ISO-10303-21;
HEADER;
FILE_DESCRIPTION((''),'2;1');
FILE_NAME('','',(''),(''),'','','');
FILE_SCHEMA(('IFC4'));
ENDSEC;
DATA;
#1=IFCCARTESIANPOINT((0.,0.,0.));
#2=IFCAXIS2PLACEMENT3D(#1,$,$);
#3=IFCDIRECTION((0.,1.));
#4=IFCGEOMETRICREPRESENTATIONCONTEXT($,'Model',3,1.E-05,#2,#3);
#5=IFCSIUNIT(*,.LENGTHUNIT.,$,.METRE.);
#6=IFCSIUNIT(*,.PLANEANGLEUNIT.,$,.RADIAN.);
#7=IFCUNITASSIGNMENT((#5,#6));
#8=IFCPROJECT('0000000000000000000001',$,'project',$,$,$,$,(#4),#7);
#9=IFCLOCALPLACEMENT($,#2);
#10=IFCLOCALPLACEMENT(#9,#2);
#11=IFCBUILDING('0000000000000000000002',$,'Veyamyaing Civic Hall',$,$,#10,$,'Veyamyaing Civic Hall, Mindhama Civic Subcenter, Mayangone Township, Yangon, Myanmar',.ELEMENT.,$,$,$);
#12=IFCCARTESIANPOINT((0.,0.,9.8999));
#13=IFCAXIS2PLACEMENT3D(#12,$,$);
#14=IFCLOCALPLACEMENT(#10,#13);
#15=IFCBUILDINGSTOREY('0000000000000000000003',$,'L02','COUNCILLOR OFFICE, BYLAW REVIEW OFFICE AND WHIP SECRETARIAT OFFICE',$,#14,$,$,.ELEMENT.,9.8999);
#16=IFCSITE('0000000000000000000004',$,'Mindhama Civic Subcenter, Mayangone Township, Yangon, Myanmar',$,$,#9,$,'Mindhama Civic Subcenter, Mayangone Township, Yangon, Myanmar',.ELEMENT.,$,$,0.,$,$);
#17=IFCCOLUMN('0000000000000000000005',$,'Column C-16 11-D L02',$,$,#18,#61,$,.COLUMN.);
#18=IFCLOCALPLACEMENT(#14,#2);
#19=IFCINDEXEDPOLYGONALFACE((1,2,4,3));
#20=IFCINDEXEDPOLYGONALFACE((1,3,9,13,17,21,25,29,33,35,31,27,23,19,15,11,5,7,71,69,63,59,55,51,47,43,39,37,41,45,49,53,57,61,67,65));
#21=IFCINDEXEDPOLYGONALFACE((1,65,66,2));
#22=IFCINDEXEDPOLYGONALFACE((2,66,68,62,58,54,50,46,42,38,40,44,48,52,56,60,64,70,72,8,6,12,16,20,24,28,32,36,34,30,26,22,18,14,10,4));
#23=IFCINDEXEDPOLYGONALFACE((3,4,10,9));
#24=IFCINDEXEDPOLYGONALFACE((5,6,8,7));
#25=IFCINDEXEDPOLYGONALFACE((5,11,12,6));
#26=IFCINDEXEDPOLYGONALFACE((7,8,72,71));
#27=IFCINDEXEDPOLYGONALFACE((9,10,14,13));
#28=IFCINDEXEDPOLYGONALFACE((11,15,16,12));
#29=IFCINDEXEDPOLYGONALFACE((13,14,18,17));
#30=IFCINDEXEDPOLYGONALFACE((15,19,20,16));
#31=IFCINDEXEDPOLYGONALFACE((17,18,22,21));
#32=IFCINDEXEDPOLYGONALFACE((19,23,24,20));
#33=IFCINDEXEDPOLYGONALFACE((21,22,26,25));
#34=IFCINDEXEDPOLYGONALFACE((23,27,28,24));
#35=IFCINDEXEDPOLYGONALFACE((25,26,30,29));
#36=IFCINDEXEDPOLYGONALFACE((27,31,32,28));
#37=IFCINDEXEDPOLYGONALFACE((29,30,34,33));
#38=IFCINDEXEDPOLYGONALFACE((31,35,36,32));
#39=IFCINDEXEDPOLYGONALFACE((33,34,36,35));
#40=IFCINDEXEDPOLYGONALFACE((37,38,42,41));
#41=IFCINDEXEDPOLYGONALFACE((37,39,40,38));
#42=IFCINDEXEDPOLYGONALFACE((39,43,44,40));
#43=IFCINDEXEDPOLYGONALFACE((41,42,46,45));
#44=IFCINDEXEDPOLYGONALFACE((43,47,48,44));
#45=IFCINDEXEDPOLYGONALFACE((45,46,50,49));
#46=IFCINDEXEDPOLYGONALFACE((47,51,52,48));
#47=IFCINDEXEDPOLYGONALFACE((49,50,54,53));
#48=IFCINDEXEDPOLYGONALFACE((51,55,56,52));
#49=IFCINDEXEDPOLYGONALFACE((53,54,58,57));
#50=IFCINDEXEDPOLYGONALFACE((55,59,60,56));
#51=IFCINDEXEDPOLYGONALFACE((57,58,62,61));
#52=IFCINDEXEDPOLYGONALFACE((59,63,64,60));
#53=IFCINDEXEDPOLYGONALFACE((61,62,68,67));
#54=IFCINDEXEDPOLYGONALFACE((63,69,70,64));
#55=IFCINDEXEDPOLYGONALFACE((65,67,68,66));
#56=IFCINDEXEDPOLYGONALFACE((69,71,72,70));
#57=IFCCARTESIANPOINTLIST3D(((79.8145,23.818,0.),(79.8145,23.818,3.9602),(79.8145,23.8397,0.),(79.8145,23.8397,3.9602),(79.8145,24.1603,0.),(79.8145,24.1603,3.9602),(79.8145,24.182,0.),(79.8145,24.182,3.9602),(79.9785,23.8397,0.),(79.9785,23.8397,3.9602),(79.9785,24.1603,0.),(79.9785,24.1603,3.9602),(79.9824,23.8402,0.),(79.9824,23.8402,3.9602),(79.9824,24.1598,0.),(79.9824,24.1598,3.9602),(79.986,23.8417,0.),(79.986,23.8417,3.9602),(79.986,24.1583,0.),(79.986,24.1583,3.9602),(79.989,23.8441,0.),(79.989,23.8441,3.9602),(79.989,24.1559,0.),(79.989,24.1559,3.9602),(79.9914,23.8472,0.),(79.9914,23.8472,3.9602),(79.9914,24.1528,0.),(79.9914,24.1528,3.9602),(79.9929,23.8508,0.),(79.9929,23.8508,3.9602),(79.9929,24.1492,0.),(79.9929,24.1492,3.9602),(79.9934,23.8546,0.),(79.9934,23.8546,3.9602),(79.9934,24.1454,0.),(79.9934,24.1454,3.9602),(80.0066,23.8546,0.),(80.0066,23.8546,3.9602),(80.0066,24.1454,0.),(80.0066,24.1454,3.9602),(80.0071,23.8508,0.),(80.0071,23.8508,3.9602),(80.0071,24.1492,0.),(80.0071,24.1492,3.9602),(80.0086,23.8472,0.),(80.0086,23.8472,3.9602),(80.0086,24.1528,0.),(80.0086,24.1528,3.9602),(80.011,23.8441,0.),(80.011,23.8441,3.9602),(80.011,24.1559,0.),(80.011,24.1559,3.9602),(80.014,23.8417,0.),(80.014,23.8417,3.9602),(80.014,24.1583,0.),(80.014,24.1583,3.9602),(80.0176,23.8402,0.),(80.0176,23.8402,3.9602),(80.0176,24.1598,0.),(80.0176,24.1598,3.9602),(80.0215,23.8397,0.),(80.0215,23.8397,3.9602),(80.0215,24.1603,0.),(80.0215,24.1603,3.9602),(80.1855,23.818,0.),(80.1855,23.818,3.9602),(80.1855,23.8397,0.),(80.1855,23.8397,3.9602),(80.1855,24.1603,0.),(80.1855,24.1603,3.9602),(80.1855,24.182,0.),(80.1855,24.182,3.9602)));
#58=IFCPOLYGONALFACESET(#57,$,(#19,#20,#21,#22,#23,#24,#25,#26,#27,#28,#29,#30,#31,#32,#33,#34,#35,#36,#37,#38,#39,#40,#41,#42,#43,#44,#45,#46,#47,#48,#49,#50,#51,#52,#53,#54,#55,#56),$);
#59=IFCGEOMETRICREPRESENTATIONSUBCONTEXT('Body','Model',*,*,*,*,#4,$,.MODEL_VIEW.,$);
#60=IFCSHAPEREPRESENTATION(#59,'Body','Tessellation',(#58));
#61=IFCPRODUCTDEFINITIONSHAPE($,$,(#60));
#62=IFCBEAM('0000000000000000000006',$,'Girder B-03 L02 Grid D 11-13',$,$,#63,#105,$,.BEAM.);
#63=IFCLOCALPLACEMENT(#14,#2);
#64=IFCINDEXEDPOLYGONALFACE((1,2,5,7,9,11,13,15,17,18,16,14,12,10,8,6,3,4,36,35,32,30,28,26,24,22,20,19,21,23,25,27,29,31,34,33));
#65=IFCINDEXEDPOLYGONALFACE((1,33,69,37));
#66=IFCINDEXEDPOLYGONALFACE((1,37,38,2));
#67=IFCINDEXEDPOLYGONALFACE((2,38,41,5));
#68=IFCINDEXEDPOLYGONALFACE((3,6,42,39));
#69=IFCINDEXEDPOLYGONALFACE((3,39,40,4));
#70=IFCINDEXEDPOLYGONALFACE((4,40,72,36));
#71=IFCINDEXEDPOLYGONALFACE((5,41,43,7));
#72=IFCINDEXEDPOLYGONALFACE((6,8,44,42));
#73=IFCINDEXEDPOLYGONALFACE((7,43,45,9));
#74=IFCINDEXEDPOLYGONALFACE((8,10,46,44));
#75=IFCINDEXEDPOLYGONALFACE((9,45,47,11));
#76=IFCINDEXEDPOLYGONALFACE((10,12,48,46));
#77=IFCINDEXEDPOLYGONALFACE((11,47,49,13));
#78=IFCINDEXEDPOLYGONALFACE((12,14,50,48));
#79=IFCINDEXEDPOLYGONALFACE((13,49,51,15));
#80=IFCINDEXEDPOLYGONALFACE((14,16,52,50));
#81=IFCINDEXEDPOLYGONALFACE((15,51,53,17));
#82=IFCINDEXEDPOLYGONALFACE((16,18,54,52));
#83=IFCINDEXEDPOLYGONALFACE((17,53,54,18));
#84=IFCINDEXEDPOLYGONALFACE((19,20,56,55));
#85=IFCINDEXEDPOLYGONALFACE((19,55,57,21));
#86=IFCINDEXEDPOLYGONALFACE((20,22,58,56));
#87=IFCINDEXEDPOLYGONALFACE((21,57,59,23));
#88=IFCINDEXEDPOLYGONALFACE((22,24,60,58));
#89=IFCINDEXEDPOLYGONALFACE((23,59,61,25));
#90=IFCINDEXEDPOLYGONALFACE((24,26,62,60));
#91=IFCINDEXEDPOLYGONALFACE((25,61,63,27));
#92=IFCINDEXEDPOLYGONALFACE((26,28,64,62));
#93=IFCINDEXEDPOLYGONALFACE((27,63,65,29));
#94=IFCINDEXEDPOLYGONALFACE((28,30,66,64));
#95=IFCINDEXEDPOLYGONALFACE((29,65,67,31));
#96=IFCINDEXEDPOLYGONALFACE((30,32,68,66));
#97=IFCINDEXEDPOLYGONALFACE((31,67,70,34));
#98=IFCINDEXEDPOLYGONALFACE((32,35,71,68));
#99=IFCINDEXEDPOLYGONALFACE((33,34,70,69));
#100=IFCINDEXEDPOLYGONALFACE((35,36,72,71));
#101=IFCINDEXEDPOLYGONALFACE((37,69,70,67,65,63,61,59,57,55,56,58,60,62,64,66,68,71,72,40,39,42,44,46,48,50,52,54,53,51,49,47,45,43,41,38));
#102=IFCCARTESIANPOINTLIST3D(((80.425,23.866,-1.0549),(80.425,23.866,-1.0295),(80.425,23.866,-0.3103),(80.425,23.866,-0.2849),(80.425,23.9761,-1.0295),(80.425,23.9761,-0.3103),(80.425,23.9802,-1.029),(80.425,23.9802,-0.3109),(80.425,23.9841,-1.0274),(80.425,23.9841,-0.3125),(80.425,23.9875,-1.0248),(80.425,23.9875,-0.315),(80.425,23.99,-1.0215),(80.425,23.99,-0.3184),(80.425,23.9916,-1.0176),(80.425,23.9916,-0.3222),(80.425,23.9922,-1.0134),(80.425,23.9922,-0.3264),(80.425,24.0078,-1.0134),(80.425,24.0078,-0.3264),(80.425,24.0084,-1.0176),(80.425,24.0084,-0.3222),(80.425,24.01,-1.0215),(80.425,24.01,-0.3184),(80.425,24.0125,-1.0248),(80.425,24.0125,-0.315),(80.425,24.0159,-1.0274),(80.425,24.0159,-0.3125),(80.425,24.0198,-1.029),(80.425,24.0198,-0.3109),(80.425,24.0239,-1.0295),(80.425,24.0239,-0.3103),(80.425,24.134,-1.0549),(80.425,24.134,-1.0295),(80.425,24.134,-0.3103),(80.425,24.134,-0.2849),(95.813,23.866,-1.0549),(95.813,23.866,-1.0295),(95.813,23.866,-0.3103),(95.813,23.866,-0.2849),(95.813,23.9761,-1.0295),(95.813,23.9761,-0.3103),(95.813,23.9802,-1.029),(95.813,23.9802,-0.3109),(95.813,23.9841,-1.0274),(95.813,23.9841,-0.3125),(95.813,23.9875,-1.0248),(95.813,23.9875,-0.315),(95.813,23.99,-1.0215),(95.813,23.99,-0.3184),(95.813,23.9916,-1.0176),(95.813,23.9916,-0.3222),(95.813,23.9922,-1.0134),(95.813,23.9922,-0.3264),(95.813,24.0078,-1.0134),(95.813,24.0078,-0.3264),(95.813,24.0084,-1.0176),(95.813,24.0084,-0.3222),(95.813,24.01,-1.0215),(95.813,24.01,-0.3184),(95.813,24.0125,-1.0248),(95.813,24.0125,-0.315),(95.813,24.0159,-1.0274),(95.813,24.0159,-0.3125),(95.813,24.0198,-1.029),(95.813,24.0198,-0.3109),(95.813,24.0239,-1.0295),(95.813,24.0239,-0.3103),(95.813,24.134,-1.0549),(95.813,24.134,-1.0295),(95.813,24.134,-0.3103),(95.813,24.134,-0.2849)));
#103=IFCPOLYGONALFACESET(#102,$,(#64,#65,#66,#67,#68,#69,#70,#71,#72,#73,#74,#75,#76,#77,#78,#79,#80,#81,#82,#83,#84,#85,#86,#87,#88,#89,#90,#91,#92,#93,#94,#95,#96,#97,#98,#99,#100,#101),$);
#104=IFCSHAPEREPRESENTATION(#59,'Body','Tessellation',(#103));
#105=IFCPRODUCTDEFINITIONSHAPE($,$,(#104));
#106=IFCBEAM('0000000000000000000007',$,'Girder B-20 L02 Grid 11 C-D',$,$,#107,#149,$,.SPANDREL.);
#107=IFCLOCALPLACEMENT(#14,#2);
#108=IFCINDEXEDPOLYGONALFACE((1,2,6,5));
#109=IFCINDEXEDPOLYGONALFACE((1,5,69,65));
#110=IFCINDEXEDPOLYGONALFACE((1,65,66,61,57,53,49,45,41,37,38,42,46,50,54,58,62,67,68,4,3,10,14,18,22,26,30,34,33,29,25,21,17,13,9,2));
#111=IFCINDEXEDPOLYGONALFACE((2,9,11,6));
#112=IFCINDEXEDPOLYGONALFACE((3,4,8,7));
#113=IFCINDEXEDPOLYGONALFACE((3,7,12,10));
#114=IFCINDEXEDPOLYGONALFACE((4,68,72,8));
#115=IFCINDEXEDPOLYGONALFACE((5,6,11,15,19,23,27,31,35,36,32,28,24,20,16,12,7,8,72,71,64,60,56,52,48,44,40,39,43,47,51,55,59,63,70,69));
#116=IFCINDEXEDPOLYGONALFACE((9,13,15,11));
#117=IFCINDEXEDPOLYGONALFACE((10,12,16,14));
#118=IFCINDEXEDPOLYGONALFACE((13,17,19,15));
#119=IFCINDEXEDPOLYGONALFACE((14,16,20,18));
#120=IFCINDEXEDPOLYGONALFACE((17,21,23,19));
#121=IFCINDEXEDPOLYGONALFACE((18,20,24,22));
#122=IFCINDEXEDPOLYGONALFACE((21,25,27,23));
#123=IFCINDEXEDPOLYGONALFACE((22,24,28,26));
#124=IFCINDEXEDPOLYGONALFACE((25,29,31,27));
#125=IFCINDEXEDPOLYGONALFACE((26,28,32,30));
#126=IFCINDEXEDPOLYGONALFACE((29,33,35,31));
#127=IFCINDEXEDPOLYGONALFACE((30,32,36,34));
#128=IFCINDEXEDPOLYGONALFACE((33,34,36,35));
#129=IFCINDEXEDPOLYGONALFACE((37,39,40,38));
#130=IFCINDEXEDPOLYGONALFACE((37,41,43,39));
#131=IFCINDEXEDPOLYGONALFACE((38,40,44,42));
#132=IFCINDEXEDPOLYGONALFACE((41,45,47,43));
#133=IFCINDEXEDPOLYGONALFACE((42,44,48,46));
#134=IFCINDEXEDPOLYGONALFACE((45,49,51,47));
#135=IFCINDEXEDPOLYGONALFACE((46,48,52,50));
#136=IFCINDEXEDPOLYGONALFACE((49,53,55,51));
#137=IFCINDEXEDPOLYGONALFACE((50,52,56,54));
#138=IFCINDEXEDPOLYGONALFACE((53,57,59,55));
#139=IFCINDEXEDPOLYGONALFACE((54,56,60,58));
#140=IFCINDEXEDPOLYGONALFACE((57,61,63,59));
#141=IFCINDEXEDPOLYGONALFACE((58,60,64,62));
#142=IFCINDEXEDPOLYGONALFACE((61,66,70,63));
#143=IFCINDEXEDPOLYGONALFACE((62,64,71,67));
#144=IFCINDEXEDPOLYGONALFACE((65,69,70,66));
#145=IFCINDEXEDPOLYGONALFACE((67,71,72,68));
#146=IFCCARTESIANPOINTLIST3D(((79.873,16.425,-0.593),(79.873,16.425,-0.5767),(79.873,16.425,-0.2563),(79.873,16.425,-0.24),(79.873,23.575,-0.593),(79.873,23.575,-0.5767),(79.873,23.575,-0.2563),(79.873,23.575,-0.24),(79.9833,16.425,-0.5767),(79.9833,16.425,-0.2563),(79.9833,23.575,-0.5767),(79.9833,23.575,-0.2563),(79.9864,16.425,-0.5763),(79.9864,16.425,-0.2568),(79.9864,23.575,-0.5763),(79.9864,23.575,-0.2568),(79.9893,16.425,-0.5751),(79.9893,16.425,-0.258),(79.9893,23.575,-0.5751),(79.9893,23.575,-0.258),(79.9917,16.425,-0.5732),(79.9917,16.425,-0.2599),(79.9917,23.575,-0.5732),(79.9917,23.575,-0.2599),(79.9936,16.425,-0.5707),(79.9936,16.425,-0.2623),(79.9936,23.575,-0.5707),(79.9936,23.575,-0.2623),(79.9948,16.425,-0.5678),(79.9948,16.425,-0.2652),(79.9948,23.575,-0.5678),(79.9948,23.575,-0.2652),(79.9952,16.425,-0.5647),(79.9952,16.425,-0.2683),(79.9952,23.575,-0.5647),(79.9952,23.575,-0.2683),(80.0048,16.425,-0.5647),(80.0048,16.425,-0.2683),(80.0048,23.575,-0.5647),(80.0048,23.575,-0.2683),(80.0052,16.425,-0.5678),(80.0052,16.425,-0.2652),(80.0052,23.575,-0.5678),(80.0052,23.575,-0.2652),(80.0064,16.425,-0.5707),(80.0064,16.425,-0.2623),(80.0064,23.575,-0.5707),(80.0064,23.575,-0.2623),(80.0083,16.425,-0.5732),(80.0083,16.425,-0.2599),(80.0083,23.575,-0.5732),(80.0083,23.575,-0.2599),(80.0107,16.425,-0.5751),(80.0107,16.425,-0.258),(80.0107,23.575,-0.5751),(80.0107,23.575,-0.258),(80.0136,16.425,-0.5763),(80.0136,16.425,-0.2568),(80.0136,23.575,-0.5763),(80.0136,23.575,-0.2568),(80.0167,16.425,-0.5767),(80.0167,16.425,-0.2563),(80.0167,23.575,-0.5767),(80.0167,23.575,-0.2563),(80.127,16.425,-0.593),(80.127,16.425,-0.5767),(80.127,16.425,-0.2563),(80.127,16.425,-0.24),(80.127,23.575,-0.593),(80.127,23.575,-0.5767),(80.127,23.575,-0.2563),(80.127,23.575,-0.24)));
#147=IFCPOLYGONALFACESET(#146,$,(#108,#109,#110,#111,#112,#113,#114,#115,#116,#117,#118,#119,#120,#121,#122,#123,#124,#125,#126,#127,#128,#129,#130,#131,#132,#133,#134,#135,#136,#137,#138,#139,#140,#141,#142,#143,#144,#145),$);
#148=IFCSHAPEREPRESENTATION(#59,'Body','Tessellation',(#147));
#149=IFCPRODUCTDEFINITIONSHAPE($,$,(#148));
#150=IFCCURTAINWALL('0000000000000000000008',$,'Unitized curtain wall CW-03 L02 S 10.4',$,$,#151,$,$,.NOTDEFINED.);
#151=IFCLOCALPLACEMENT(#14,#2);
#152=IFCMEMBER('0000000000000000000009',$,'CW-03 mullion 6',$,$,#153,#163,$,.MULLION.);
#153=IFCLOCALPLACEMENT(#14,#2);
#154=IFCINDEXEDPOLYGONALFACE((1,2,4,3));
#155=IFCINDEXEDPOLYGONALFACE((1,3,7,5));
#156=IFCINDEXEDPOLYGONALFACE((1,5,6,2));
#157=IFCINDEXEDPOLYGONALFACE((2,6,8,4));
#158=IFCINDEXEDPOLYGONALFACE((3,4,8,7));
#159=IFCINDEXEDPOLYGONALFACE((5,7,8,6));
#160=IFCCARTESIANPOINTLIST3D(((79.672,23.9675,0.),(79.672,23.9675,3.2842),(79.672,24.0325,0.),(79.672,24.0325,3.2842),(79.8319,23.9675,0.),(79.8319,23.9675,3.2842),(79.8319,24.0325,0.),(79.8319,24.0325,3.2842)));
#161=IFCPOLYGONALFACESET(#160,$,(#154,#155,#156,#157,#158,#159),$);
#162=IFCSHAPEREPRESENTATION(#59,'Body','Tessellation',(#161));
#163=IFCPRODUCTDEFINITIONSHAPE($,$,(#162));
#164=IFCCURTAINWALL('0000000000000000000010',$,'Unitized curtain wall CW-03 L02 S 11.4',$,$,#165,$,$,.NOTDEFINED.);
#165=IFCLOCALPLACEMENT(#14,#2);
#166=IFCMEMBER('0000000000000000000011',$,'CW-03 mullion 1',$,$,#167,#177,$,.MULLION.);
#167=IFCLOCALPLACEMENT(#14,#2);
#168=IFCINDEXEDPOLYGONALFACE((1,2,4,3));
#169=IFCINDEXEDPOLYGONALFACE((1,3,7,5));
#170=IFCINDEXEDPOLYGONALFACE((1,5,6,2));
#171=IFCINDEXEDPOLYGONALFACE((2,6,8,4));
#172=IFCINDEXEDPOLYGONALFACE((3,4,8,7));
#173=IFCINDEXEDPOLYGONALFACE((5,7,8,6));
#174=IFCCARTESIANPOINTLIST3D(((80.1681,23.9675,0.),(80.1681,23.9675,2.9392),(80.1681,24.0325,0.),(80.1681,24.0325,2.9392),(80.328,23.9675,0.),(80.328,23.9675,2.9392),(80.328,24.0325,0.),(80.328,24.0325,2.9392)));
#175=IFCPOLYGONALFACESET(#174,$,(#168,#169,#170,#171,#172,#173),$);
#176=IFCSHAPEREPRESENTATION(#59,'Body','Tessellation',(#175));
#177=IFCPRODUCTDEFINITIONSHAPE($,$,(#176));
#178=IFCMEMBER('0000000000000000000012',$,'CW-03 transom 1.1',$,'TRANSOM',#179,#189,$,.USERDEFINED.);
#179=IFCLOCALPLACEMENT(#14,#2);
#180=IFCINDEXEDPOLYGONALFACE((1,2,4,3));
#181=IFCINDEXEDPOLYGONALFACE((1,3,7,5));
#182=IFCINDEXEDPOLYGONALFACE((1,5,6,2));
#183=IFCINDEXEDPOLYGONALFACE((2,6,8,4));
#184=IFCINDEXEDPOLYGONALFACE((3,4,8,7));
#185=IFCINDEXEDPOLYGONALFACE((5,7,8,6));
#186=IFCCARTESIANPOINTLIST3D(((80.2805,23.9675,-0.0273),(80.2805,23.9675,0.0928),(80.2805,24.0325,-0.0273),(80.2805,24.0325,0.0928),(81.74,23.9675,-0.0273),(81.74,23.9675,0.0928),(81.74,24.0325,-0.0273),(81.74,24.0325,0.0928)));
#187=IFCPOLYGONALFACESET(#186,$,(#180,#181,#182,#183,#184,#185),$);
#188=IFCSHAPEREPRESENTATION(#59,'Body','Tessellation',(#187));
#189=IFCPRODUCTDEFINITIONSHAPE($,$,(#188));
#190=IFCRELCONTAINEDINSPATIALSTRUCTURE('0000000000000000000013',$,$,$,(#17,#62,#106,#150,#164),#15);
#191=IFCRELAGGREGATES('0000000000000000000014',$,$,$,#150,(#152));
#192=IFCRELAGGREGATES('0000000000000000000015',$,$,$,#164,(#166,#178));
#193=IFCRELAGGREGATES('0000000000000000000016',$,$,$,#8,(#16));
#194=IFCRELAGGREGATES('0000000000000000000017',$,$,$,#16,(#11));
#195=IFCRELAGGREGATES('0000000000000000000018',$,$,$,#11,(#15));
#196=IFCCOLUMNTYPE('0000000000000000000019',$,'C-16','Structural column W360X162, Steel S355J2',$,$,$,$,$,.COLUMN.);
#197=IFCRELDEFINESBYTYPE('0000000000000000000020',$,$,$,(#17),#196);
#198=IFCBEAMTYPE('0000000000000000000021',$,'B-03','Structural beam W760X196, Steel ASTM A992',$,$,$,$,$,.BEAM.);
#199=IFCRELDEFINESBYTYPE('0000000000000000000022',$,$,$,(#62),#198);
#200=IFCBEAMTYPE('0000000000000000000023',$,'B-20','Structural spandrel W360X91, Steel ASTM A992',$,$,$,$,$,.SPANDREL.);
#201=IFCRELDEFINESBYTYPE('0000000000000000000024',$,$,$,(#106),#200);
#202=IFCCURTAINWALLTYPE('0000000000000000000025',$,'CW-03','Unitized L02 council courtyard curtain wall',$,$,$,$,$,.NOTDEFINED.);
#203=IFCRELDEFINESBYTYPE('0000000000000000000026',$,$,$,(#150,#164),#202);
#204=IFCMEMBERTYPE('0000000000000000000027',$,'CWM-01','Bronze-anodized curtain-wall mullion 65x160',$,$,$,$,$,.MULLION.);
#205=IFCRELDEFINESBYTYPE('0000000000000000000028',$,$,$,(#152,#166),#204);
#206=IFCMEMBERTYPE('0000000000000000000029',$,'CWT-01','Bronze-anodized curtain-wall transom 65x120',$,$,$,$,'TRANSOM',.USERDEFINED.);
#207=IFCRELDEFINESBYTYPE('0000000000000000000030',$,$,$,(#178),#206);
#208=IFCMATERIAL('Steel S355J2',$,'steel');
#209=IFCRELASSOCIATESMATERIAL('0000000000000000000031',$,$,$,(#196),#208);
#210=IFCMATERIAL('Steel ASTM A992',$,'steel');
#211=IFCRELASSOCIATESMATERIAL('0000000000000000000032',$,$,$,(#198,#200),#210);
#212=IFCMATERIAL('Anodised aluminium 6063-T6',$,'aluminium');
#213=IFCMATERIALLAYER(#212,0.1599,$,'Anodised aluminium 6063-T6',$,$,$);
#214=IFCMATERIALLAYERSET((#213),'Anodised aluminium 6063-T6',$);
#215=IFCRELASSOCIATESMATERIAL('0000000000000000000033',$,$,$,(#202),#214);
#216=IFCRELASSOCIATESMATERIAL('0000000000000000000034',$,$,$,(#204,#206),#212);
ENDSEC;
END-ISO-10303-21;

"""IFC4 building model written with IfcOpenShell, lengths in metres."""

from ifc_helpers import new_model, si_unit, direction, frame, origin, origin_2d, place, context, subcontext, project, spatial, rectangle, i_section, extrude, material, layer, layer_set, material_profile, profile_set, type_object, element, aggregate, save


model = new_model("IFC4")

# Units and contexts
model_context = context("Model", 3, precision=1e-05, world=origin(), true_north=direction((0.0, 1.0)))
body_context = subcontext(model_context, "Body", "Model", "MODEL_VIEW")
ifc_project = project(units=[si_unit("LENGTHUNIT", "METRE"), si_unit("PLANEANGLEUNIT", "RADIAN")], contexts=[model_context])

# Site, building, storey
site_placement = place(None, origin())
site = spatial("IfcSite", under=ifc_project, at=site_placement, Name="Mindhama Civic Subcenter, Mayangone Township, Yangon, Myanmar", LongName="Mindhama Civic Subcenter, Mayangone Township, Yangon, Myanmar", CompositionType="ELEMENT", RefElevation=0.0)
building_placement = place(site_placement, origin())
building = spatial("IfcBuilding", under=site, at=building_placement, Name="Veyamyaing Civic Hall", LongName="Veyamyaing Civic Hall, Mindhama Civic Subcenter, Mayangone Township, Yangon, Myanmar", CompositionType="ELEMENT")
storey_placement = place(building_placement, frame((0.0, 0.0, 9.8999)))
storey = spatial("IfcBuildingStorey", under=building, at=storey_placement, Name="L02", Description="COUNCILLOR OFFICE, BYLAW REVIEW OFFICE AND WHIP SECRETARIAT OFFICE", CompositionType="ELEMENT", Elevation=9.8999)

# Column
ifc_material_1 = material(Name="Steel S355J2", Category="steel")
ifc_material_profile_1 = material_profile(ifc_material_1, i_section(OverallWidth=0.3711, OverallDepth=0.364, WebThickness=0.0132, FlangeThickness=0.0217, FilletRadius=0.0149, at=origin_2d()), Name="W360X162")
ifc_profile_set_1 = profile_set([ifc_material_profile_1], Name="Steel S355J2")
column_type = type_object("IfcColumnType", Name="C-16", Description="Structural column W360X162, Steel S355J2", PredefinedType="COLUMN", material=ifc_profile_set_1)
column_placement = place(storey_placement, frame((80.0, 24.0, 0.0), z_axis=(0.0, 0.0, 1.0), x_axis=(1.0, 0.0, 0.0)))
element("IfcColumn", 1, at=column_placement, inside=storey, type_object=column_type, Name="Column C-16 11-D L02", PredefinedType="COLUMN", context=body_context, shape_type="SweptSolid", body=[
    extrude(i_section(OverallWidth=0.3711, OverallDepth=0.364, WebThickness=0.0132, FlangeThickness=0.0217, FilletRadius=0.0149, at=origin_2d()), origin(), (0.0, 0.0, 1.0), 3.9602),
])

# Beams
ifc_material_2 = material(Name="Steel ASTM A992", Category="steel")
ifc_material_profile_2 = material_profile(ifc_material_2, i_section(OverallWidth=0.2681, OverallDepth=0.77, WebThickness=0.0156, FlangeThickness=0.0254, FilletRadius=0.0161, at=origin_2d()), Name="W760X196")
ifc_profile_set_2 = profile_set([ifc_material_profile_2], Name="Steel ASTM A992")
beam_type_1 = type_object("IfcBeamType", Name="B-03", Description="Structural beam W760X196, Steel ASTM A992", PredefinedType="BEAM", material=ifc_profile_set_2)
beam_1_placement = place(storey_placement, frame((80.425, 24.0, -0.6699), z_axis=(1.0, 0.0, 0.0), x_axis=(0.0, 1.0, 0.0)))
element("IfcBeam", 2, at=beam_1_placement, inside=storey, type_object=beam_type_1, Name="Girder B-03 L02 Grid D 11-13", PredefinedType="BEAM", context=body_context, shape_type="SweptSolid", body=[
    extrude(i_section(OverallWidth=0.2681, OverallDepth=0.77, WebThickness=0.0156, FlangeThickness=0.0254, FilletRadius=0.0161, at=origin_2d()), origin(), (0.0, 0.0, 1.0), 15.3879),
])
ifc_material_profile_3 = material_profile(ifc_material_2, i_section(OverallWidth=0.2539, OverallDepth=0.353, WebThickness=0.0095, FlangeThickness=0.0164, FilletRadius=0.012, at=origin_2d()), Name="W360X91")
ifc_profile_set_3 = profile_set([ifc_material_profile_3], Name="Steel ASTM A992")
beam_type_2 = type_object("IfcBeamType", Name="B-20", Description="Structural spandrel W360X91, Steel ASTM A992", PredefinedType="SPANDREL", material=ifc_profile_set_3)
beam_2_placement = place(storey_placement, frame((80.0, 16.425, -0.4165), z_axis=(0.0, 1.0, 0.0), x_axis=(-1.0, 0.0, 0.0)))
element("IfcBeam", 3, at=beam_2_placement, inside=storey, type_object=beam_type_2, Name="Girder B-20 L02 Grid 11 C-D", PredefinedType="SPANDREL", context=body_context, shape_type="SweptSolid", body=[
    extrude(i_section(OverallWidth=0.2539, OverallDepth=0.353, WebThickness=0.0095, FlangeThickness=0.0164, FilletRadius=0.012, at=origin_2d()), origin(), (0.0, 0.0, 1.0), 7.1499),
])

# Curtain wall, member
ifc_material_3 = material(Name="Anodised aluminium 6063-T6", Category="aluminium")
ifc_layer_1 = layer(ifc_material_3, 0.1599, Name="Anodised aluminium 6063-T6")
ifc_layer_set_1 = layer_set([ifc_layer_1], Name="Anodised aluminium 6063-T6")
curtain_wall_type = type_object("IfcCurtainWallType", Name="CW-03", Description="Unitized L02 council courtyard curtain wall", PredefinedType="NOTDEFINED", material=ifc_layer_set_1)
curtain_wall_1_placement = place(storey_placement, origin())
curtain_wall_1 = element("IfcCurtainWall", 4, at=curtain_wall_1_placement, inside=storey, type_object=curtain_wall_type, Name="Unitized curtain wall CW-03 L02 S 10.4", PredefinedType="NOTDEFINED")
ifc_material_profile_4 = material_profile(ifc_material_3, rectangle(XDim=0.0649, YDim=0.1599, at=origin_2d()), Name="ALU-MUL-65X160")
ifc_profile_set_4 = profile_set([ifc_material_profile_4], Name="Anodised aluminium 6063-T6")
member_type_1 = type_object("IfcMemberType", Name="CWM-01", Description="Bronze-anodized curtain-wall mullion 65x160", PredefinedType="MULLION", material=ifc_profile_set_4)
member_1_placement = place(storey_placement, frame((79.752, 24.0, 0.0), z_axis=(0.0, 0.0, 1.0), x_axis=(0.0, 1.0, 0.0)))
member_1 = element("IfcMember", 5, at=member_1_placement, type_object=member_type_1, Name="CW-03 mullion 6", PredefinedType="MULLION", context=body_context, shape_type="SweptSolid", body=[
    extrude(rectangle(XDim=0.0649, YDim=0.1599, at=origin_2d()), origin(), (0.0, 0.0, 1.0), 3.2842),
])

# Curtain wall, members
curtain_wall_2_placement = place(storey_placement, origin())
curtain_wall_2 = element("IfcCurtainWall", 6, at=curtain_wall_2_placement, inside=storey, type_object=curtain_wall_type, Name="Unitized curtain wall CW-03 L02 S 11.4", PredefinedType="NOTDEFINED")
member_2_placement = place(storey_placement, frame((80.248, 24.0, 0.0), z_axis=(0.0, 0.0, 1.0), x_axis=(0.0, 1.0, 0.0)))
member_2 = element("IfcMember", 7, at=member_2_placement, type_object=member_type_1, Name="CW-03 mullion 1", PredefinedType="MULLION", context=body_context, shape_type="SweptSolid", body=[
    extrude(rectangle(XDim=0.0649, YDim=0.1599, at=origin_2d()), origin(), (0.0, 0.0, 1.0), 2.9392),
])
ifc_material_profile_5 = material_profile(ifc_material_3, rectangle(XDim=0.0649, YDim=0.1201, at=origin_2d()), Name="ALU-TRN-65X120")
ifc_profile_set_5 = profile_set([ifc_material_profile_5], Name="Anodised aluminium 6063-T6")
member_type_2 = type_object("IfcMemberType", Name="CWT-01", Description="Bronze-anodized curtain-wall transom 65x120", ElementType="TRANSOM", PredefinedType="USERDEFINED", material=ifc_profile_set_5)
member_3_placement = place(storey_placement, frame((80.2805, 24.0, 0.0327), z_axis=(1.0, 0.0, 0.0), x_axis=(0.0, 1.0, 0.0)))
member_3 = element("IfcMember", 8, at=member_3_placement, type_object=member_type_2, Name="CW-03 transom 1.1", ObjectType="TRANSOM", PredefinedType="USERDEFINED", context=body_context, shape_type="SweptSolid", body=[
    extrude(rectangle(XDim=0.0649, YDim=0.1201, at=origin_2d()), origin(), (0.0, 0.0, 1.0), 1.4595),
])

aggregate(curtain_wall_1, [member_1])
aggregate(curtain_wall_2, [member_2, member_3])

save(model, "model.ifc")
